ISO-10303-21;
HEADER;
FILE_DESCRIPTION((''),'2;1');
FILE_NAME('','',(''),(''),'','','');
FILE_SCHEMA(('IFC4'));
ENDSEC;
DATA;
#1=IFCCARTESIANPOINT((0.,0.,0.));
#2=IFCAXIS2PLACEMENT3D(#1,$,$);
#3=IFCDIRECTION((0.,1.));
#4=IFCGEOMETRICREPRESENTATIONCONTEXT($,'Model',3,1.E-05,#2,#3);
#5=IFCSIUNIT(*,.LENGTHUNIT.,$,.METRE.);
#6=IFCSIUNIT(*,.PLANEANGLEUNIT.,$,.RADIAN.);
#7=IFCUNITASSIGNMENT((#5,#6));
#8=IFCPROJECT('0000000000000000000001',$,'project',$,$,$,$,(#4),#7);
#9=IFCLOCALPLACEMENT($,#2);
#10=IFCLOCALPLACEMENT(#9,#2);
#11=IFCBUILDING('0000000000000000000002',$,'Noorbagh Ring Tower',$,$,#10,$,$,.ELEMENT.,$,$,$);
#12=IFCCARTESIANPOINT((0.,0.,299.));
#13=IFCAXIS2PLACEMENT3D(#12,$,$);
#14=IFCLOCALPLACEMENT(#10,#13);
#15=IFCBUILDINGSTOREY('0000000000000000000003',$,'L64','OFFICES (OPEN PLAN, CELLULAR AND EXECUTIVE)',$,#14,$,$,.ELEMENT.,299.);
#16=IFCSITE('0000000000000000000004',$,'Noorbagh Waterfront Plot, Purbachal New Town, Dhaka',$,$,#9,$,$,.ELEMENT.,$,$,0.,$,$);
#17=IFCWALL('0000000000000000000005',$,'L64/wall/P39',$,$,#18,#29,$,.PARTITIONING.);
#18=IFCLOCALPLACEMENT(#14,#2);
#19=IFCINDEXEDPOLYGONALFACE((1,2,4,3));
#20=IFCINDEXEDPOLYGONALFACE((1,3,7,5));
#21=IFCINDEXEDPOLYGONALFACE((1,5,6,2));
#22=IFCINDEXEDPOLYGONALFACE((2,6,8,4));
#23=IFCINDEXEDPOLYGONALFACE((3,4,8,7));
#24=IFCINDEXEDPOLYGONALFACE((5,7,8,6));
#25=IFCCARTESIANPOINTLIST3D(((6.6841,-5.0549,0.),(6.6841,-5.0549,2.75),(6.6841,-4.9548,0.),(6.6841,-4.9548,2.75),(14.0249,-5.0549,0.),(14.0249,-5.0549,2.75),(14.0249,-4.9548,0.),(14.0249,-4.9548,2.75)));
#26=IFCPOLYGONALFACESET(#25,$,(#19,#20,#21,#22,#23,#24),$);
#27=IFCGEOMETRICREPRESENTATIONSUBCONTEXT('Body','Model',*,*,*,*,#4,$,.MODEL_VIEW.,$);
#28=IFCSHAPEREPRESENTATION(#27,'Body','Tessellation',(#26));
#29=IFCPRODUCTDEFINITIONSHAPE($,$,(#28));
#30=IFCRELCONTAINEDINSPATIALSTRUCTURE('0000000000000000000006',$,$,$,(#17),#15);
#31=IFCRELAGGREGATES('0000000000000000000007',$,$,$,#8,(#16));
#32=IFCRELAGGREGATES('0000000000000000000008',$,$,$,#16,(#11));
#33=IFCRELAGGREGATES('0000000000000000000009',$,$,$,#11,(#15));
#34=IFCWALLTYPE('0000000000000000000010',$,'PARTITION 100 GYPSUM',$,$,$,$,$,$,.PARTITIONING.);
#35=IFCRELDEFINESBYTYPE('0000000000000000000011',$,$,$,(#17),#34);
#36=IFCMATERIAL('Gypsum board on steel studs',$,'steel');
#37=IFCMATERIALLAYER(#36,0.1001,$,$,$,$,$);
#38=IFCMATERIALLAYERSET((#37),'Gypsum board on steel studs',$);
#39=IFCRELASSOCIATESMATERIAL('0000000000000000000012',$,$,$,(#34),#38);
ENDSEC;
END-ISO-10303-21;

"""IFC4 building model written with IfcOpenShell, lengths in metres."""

from ifc_helpers import new_model, si_unit, direction, frame, frame_2d, origin, place, context, subcontext, project, spatial, rectangle, extrude, material, layer, layer_set, type_object, element, save


model = new_model("IFC4")

# Units and contexts
model_context = context("Model", 3, precision=1e-05, world=origin(), true_north=direction((0.0, 1.0)))
body_context = subcontext(model_context, "Body", "Model", "MODEL_VIEW")
ifc_project = project(units=[si_unit("LENGTHUNIT", "METRE"), si_unit("PLANEANGLEUNIT", "RADIAN")], contexts=[model_context])

# Site, building, storey
site_placement = place(None, origin())
site = spatial("IfcSite", under=ifc_project, at=site_placement, Name="Noorbagh Waterfront Plot, Purbachal New Town, Dhaka", CompositionType="ELEMENT", RefElevation=0.0)
building_placement = place(site_placement, origin())
building = spatial("IfcBuilding", under=site, at=building_placement, Name="Noorbagh Ring Tower", CompositionType="ELEMENT")
storey_placement = place(building_placement, frame((0.0, 0.0, 299.0)))
storey = spatial("IfcBuildingStorey", under=building, at=storey_placement, Name="L64", Description="OFFICES (OPEN PLAN, CELLULAR AND EXECUTIVE)", CompositionType="ELEMENT", Elevation=299.0)

# Wall
ifc_material_1 = material(Name="Gypsum board on steel studs", Category="steel")
ifc_layer_1 = layer(ifc_material_1, 0.1001)
ifc_layer_set_1 = layer_set([ifc_layer_1], Name="Gypsum board on steel studs")
wall_type_1 = type_object("IfcWallType", Name="PARTITION 100 GYPSUM", PredefinedType="PARTITIONING", material=ifc_layer_set_1)
wall_1_placement = place(storey_placement, frame((6.6841, -5.0049, 0.0), z_axis=(0.0, 0.0, 1.0), x_axis=(1.0, 0.0, 0.0)))
element("IfcWall", 1, at=wall_1_placement, inside=storey, type_object=wall_type_1, Name="L64/wall/P39", PredefinedType="PARTITIONING", context=body_context, shape_type="SweptSolid", body=[
    extrude(rectangle(XDim=7.3408, YDim=0.1001, at=frame_2d((3.6704, 0.0))), origin(), (0.0, 0.0, 1.0), 2.75),
])

save(model, "model.ifc")
